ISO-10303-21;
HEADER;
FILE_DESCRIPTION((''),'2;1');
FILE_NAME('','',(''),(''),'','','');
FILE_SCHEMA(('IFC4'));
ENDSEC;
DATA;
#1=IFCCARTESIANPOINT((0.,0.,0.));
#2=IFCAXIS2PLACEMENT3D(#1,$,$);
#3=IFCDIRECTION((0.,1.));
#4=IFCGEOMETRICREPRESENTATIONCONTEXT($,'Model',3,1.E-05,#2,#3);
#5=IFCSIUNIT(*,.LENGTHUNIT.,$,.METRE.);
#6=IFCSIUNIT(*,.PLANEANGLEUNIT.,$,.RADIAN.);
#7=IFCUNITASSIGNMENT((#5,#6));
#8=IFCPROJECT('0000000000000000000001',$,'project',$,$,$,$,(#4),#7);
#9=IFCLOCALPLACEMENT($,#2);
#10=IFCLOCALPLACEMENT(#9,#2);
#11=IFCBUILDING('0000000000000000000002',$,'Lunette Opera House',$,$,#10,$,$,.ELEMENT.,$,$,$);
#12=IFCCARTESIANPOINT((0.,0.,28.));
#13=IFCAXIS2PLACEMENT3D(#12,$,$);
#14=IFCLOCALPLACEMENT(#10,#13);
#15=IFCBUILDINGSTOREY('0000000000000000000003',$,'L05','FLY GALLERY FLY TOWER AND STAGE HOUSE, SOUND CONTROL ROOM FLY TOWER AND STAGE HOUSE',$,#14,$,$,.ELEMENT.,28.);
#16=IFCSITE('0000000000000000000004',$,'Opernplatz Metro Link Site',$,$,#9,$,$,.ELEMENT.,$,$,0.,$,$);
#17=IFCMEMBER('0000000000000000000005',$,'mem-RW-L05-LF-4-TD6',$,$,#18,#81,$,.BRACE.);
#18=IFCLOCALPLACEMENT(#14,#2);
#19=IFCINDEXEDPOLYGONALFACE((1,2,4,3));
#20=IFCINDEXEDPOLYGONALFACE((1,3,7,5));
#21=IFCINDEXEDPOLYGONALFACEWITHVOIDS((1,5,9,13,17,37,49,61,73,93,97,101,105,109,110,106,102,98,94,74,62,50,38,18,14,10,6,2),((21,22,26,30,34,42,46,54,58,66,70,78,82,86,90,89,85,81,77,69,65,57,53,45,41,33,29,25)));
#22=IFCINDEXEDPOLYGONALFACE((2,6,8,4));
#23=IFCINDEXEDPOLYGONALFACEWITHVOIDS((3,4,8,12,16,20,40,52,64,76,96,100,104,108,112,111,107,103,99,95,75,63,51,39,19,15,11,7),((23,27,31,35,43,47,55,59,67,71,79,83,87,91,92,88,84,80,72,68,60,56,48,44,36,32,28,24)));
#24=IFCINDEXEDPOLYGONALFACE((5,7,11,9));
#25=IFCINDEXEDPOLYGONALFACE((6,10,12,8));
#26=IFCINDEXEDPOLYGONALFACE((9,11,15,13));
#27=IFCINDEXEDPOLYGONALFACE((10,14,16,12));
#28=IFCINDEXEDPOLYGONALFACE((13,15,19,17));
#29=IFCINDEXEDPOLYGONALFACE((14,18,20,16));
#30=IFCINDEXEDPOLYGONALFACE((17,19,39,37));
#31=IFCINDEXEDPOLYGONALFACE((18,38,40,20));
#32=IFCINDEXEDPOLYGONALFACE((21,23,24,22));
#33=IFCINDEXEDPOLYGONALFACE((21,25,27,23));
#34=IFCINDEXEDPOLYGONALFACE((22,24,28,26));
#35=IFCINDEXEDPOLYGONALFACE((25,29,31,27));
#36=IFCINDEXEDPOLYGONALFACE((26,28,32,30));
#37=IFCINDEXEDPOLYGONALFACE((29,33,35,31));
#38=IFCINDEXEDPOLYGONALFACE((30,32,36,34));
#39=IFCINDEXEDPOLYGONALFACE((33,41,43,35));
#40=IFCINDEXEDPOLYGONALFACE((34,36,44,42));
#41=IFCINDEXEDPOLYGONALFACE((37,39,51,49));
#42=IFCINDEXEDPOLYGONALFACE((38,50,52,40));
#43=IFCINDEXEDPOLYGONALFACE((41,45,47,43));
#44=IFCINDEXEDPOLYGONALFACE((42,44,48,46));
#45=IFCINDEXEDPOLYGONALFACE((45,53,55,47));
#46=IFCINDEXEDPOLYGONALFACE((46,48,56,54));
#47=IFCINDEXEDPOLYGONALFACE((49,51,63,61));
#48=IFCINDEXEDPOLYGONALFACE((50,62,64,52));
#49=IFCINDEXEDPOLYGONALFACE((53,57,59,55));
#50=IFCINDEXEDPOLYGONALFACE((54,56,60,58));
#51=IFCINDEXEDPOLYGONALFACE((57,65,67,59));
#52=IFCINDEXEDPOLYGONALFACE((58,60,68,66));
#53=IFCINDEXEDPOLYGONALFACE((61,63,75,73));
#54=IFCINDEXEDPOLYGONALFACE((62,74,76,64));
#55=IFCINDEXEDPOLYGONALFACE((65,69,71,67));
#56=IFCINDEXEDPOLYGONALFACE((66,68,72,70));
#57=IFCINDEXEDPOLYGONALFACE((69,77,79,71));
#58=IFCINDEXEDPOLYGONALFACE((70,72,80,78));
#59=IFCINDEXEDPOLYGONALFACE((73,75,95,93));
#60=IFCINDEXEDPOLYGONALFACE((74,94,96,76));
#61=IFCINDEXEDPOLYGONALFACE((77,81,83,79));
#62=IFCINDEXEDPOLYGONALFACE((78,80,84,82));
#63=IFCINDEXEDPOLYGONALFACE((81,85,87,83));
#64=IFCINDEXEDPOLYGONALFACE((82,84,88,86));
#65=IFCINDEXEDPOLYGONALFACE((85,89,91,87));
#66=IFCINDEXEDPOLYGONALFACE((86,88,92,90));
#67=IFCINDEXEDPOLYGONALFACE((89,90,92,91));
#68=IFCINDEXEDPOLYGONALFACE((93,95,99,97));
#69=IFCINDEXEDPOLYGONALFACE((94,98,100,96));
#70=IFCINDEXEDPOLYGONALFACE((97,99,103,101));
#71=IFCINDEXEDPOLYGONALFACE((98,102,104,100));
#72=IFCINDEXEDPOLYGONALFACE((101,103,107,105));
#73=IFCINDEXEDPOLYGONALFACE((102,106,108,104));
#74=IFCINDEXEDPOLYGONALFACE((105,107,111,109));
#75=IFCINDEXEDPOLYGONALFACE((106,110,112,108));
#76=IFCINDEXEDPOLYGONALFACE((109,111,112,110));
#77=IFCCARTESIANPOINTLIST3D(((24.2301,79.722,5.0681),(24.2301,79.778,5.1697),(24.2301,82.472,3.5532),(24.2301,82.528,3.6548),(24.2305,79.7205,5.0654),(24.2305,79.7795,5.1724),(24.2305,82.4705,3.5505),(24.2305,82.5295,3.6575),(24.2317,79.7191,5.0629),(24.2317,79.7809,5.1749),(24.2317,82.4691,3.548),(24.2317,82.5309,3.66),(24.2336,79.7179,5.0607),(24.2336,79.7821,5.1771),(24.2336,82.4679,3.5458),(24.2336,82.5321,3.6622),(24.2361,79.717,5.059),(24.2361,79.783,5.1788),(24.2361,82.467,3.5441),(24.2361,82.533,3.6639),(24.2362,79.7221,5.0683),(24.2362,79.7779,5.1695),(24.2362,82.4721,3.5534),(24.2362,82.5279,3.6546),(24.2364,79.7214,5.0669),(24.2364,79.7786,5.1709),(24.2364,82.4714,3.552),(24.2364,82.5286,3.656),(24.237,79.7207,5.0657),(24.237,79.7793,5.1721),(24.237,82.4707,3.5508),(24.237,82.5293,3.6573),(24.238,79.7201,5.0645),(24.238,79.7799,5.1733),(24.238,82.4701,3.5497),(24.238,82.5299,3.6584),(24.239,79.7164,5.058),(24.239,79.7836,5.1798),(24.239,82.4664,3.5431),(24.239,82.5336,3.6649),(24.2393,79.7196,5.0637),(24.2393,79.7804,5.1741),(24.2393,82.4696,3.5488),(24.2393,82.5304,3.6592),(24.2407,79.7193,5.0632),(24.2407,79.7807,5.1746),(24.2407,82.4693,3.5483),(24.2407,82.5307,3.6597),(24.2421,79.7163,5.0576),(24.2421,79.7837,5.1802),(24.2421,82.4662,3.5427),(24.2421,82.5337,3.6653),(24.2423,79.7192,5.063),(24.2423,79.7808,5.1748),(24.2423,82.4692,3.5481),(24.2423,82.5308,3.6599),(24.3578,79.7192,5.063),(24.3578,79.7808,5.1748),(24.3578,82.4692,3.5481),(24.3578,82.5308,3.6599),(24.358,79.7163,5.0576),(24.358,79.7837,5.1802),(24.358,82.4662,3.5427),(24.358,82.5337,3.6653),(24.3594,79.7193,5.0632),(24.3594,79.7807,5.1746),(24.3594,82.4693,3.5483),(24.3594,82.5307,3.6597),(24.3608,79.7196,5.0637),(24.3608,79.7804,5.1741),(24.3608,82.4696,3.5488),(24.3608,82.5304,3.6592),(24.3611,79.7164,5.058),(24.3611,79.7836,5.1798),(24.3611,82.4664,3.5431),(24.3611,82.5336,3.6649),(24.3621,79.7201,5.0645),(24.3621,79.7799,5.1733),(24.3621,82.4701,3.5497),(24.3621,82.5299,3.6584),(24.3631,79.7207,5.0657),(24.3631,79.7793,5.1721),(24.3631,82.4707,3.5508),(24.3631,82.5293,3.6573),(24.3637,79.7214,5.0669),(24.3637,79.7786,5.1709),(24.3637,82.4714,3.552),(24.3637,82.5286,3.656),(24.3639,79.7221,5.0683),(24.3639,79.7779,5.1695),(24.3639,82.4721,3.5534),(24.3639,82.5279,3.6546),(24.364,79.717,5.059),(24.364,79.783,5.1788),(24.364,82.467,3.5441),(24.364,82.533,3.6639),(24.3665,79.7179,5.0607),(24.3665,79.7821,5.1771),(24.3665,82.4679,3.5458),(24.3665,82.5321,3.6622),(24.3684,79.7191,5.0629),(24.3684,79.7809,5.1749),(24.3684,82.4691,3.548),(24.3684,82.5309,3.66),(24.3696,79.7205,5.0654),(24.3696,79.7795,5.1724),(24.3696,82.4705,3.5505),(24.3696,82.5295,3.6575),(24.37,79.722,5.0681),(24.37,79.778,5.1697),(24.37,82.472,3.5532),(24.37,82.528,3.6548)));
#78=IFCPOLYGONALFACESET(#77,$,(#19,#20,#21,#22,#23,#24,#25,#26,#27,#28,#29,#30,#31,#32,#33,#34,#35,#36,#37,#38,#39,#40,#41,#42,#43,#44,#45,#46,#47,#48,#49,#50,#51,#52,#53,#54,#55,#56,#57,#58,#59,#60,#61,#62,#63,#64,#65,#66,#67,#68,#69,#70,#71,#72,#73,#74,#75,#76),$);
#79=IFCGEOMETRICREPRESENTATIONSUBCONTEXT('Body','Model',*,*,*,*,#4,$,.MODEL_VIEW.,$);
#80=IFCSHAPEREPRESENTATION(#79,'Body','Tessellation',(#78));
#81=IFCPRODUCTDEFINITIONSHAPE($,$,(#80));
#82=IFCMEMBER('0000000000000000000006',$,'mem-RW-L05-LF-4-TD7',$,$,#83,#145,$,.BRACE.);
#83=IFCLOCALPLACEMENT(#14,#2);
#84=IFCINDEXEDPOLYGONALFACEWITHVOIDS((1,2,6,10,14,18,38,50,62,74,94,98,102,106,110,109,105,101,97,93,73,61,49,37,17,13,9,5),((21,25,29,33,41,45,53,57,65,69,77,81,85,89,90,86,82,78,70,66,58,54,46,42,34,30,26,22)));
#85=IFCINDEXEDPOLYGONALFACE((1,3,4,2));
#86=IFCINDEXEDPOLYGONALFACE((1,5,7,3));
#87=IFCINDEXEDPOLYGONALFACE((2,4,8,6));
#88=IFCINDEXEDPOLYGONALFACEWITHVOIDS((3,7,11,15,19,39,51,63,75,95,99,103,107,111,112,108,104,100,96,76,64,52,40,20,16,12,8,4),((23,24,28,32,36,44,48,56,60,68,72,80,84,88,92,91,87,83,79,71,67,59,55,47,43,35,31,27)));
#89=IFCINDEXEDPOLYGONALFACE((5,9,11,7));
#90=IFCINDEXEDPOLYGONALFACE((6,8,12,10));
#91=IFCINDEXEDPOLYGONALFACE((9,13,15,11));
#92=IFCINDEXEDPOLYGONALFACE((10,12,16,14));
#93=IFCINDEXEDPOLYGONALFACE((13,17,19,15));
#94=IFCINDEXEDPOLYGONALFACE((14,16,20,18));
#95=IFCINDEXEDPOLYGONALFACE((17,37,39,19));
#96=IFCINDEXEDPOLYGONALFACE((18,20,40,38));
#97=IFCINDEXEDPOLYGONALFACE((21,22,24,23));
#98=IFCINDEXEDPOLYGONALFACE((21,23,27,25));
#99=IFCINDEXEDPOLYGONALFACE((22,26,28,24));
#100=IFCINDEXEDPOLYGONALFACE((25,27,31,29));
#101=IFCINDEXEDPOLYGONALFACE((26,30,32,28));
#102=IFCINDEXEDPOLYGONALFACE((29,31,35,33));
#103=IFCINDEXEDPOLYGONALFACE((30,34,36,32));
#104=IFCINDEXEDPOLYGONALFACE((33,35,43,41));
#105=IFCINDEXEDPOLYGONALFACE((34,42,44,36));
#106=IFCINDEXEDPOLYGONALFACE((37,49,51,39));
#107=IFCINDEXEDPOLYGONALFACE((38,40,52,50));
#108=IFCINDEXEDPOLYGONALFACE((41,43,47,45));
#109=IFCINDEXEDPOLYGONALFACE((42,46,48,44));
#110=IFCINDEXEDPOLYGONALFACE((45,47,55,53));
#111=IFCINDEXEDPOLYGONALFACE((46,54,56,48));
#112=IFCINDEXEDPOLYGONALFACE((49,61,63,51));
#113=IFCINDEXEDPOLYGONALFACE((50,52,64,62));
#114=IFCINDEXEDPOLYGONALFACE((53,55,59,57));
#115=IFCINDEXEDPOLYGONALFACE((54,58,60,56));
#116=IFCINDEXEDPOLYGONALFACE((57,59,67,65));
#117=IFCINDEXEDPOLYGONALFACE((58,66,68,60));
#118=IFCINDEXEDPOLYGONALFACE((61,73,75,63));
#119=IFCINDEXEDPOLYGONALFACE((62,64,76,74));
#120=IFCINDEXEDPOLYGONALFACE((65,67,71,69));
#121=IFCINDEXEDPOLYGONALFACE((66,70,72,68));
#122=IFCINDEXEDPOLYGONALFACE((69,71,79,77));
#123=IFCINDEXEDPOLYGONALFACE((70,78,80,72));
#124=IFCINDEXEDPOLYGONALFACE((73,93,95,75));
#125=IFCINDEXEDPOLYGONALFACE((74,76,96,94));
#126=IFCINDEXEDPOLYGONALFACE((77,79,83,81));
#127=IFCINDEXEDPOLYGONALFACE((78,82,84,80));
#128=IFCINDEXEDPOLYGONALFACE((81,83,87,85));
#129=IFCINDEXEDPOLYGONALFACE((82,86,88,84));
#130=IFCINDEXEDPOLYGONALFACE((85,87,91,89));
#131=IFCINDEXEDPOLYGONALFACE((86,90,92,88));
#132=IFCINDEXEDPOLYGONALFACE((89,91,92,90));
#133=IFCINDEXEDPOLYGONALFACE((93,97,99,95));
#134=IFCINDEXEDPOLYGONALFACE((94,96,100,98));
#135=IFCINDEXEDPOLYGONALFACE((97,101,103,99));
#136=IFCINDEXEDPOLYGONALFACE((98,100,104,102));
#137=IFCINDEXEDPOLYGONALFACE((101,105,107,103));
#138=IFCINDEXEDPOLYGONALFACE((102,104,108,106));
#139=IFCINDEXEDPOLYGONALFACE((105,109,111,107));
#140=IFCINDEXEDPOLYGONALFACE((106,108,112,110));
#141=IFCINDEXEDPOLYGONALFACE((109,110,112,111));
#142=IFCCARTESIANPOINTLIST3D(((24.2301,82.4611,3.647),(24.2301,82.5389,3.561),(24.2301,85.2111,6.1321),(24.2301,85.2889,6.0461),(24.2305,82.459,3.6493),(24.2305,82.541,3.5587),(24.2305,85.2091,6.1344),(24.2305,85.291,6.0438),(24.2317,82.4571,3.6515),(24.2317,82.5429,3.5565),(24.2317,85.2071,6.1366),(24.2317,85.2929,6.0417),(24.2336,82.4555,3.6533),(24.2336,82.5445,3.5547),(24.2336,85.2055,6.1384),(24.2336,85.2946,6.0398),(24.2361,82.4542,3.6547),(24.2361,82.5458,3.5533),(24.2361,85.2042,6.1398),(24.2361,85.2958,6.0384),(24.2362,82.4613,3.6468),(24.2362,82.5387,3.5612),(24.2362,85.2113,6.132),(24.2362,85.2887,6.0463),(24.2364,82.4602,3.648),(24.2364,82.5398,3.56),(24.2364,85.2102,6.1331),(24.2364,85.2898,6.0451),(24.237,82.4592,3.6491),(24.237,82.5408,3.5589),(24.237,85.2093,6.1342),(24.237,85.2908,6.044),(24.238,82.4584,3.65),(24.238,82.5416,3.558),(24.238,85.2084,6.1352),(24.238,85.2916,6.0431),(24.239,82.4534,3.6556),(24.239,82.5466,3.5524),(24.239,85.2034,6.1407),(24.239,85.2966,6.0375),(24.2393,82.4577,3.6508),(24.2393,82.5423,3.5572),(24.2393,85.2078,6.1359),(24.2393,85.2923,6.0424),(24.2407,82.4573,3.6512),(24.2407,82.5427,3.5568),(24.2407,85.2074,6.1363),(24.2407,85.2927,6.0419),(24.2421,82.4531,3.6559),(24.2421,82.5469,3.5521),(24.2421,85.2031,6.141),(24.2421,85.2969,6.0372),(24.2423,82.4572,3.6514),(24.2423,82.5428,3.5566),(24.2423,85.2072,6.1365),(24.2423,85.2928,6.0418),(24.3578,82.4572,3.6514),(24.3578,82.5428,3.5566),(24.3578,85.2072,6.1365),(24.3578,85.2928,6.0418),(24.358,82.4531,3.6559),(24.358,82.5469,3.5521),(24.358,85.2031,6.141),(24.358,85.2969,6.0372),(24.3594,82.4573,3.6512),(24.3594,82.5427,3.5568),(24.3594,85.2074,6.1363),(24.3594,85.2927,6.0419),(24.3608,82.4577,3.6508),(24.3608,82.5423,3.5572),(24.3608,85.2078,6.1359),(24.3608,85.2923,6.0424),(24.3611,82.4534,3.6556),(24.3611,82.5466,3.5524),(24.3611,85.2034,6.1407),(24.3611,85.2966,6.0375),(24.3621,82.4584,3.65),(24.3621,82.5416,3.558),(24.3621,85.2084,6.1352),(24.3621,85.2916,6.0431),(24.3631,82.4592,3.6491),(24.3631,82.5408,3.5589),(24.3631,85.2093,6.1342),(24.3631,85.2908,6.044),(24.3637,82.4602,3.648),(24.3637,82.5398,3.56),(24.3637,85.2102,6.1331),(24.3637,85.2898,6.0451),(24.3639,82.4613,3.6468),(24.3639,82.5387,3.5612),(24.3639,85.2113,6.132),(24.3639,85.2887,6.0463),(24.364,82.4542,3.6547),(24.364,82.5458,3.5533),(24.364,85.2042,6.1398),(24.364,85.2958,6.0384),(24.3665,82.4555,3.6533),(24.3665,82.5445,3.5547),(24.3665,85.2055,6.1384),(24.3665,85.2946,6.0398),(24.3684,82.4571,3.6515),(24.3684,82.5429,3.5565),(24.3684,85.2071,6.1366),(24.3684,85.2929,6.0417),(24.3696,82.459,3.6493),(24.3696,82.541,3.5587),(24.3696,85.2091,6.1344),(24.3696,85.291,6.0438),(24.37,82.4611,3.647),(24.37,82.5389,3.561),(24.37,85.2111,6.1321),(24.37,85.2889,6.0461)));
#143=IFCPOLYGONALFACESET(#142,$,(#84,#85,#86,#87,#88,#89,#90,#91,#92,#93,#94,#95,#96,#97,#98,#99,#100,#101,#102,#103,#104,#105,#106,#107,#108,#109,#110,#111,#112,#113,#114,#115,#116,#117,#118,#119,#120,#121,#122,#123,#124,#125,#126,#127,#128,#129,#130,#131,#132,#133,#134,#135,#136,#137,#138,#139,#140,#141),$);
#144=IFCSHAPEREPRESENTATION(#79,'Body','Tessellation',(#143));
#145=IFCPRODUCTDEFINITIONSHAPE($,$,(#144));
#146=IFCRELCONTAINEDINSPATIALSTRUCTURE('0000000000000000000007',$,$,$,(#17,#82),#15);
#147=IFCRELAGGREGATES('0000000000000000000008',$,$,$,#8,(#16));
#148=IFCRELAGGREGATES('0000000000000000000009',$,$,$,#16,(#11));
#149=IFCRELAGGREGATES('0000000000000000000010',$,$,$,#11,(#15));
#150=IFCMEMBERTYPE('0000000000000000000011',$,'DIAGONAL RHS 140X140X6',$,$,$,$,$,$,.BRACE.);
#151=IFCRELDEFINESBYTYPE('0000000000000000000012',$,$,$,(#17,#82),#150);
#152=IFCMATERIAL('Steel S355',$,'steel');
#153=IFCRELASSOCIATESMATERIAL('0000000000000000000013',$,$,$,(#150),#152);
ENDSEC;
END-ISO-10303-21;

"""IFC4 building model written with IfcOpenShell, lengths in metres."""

from ifc_helpers import new_model, si_unit, direction, frame, origin, origin_2d, place, context, subcontext, project, spatial, hollow_rectangle, extrude, material, material_profile, profile_set, type_object, element, save


model = new_model("IFC4")

# Units and contexts
model_context = context("Model", 3, precision=1e-05, world=origin(), true_north=direction((0.0, 1.0)))
body_context = subcontext(model_context, "Body", "Model", "MODEL_VIEW")
ifc_project = project(units=[si_unit("LENGTHUNIT", "METRE"), si_unit("PLANEANGLEUNIT", "RADIAN")], contexts=[model_context])

# Site, building, storey
site_placement = place(None, origin())
site = spatial("IfcSite", under=ifc_project, at=site_placement, Name="Opernplatz Metro Link Site", CompositionType="ELEMENT", RefElevation=0.0)
building_placement = place(site_placement, origin())
building = spatial("IfcBuilding", under=site, at=building_placement, Name="Lunette Opera House", CompositionType="ELEMENT")
storey_placement = place(building_placement, frame((0.0, 0.0, 28.0)))
storey = spatial("IfcBuildingStorey", under=building, at=storey_placement, Name="L05", Description="FLY GALLERY FLY TOWER AND STAGE HOUSE, SOUND CONTROL ROOM FLY TOWER AND STAGE HOUSE", CompositionType="ELEMENT", Elevation=28.0)

# Members
ifc_material_1 = material(Name="Steel S355", Category="steel")
ifc_material_profile_1 = material_profile(ifc_material_1, hollow_rectangle(XDim=0.1399, YDim=0.1399, WallThickness=0.0061, InnerFilletRadius=0.0061, OuterFilletRadius=0.012, at=origin_2d()), Name="RHS 140X140X6")
ifc_profile_set_1 = profile_set([ifc_material_profile_1], Name="Steel S355")
member_type_1 = type_object("IfcMemberType", Name="DIAGONAL RHS 140X140X6", PredefinedType="BRACE", material=ifc_profile_set_1)
member_1_placement = place(storey_placement, frame((24.3, 79.75, 5.1189), z_axis=(0.0, 0.875894, -0.482504), x_axis=(-1.0, 0.0, 0.0)))
element("IfcMember", 1, at=member_1_placement, inside=storey, type_object=member_type_1, Name="mem-RW-L05-LF-4-TD6", PredefinedType="BRACE", context=body_context, shape_type="SweptSolid", body=[
    extrude(hollow_rectangle(XDim=0.1399, YDim=0.1399, WallThickness=0.0061, InnerFilletRadius=0.0061, OuterFilletRadius=0.012, at=origin_2d()), origin(), (0.0, 0.0, 1.0), 3.1396),
])
member_2_placement = place(storey_placement, frame((24.3, 82.5, 3.604), z_axis=(0.0, 0.741937, 0.67047), x_axis=(-1.0, 0.0, 0.0)))
element("IfcMember", 2, at=member_2_placement, inside=storey, type_object=member_type_1, Name="mem-RW-L05-LF-4-TD7", PredefinedType="BRACE", context=body_context, shape_type="SweptSolid", body=[
    extrude(hollow_rectangle(XDim=0.1399, YDim=0.1399, WallThickness=0.0061, InnerFilletRadius=0.0061, OuterFilletRadius=0.012, at=origin_2d()), origin(), (0.0, 0.0, 1.0), 3.7065),
])

save(model, "model.ifc")
